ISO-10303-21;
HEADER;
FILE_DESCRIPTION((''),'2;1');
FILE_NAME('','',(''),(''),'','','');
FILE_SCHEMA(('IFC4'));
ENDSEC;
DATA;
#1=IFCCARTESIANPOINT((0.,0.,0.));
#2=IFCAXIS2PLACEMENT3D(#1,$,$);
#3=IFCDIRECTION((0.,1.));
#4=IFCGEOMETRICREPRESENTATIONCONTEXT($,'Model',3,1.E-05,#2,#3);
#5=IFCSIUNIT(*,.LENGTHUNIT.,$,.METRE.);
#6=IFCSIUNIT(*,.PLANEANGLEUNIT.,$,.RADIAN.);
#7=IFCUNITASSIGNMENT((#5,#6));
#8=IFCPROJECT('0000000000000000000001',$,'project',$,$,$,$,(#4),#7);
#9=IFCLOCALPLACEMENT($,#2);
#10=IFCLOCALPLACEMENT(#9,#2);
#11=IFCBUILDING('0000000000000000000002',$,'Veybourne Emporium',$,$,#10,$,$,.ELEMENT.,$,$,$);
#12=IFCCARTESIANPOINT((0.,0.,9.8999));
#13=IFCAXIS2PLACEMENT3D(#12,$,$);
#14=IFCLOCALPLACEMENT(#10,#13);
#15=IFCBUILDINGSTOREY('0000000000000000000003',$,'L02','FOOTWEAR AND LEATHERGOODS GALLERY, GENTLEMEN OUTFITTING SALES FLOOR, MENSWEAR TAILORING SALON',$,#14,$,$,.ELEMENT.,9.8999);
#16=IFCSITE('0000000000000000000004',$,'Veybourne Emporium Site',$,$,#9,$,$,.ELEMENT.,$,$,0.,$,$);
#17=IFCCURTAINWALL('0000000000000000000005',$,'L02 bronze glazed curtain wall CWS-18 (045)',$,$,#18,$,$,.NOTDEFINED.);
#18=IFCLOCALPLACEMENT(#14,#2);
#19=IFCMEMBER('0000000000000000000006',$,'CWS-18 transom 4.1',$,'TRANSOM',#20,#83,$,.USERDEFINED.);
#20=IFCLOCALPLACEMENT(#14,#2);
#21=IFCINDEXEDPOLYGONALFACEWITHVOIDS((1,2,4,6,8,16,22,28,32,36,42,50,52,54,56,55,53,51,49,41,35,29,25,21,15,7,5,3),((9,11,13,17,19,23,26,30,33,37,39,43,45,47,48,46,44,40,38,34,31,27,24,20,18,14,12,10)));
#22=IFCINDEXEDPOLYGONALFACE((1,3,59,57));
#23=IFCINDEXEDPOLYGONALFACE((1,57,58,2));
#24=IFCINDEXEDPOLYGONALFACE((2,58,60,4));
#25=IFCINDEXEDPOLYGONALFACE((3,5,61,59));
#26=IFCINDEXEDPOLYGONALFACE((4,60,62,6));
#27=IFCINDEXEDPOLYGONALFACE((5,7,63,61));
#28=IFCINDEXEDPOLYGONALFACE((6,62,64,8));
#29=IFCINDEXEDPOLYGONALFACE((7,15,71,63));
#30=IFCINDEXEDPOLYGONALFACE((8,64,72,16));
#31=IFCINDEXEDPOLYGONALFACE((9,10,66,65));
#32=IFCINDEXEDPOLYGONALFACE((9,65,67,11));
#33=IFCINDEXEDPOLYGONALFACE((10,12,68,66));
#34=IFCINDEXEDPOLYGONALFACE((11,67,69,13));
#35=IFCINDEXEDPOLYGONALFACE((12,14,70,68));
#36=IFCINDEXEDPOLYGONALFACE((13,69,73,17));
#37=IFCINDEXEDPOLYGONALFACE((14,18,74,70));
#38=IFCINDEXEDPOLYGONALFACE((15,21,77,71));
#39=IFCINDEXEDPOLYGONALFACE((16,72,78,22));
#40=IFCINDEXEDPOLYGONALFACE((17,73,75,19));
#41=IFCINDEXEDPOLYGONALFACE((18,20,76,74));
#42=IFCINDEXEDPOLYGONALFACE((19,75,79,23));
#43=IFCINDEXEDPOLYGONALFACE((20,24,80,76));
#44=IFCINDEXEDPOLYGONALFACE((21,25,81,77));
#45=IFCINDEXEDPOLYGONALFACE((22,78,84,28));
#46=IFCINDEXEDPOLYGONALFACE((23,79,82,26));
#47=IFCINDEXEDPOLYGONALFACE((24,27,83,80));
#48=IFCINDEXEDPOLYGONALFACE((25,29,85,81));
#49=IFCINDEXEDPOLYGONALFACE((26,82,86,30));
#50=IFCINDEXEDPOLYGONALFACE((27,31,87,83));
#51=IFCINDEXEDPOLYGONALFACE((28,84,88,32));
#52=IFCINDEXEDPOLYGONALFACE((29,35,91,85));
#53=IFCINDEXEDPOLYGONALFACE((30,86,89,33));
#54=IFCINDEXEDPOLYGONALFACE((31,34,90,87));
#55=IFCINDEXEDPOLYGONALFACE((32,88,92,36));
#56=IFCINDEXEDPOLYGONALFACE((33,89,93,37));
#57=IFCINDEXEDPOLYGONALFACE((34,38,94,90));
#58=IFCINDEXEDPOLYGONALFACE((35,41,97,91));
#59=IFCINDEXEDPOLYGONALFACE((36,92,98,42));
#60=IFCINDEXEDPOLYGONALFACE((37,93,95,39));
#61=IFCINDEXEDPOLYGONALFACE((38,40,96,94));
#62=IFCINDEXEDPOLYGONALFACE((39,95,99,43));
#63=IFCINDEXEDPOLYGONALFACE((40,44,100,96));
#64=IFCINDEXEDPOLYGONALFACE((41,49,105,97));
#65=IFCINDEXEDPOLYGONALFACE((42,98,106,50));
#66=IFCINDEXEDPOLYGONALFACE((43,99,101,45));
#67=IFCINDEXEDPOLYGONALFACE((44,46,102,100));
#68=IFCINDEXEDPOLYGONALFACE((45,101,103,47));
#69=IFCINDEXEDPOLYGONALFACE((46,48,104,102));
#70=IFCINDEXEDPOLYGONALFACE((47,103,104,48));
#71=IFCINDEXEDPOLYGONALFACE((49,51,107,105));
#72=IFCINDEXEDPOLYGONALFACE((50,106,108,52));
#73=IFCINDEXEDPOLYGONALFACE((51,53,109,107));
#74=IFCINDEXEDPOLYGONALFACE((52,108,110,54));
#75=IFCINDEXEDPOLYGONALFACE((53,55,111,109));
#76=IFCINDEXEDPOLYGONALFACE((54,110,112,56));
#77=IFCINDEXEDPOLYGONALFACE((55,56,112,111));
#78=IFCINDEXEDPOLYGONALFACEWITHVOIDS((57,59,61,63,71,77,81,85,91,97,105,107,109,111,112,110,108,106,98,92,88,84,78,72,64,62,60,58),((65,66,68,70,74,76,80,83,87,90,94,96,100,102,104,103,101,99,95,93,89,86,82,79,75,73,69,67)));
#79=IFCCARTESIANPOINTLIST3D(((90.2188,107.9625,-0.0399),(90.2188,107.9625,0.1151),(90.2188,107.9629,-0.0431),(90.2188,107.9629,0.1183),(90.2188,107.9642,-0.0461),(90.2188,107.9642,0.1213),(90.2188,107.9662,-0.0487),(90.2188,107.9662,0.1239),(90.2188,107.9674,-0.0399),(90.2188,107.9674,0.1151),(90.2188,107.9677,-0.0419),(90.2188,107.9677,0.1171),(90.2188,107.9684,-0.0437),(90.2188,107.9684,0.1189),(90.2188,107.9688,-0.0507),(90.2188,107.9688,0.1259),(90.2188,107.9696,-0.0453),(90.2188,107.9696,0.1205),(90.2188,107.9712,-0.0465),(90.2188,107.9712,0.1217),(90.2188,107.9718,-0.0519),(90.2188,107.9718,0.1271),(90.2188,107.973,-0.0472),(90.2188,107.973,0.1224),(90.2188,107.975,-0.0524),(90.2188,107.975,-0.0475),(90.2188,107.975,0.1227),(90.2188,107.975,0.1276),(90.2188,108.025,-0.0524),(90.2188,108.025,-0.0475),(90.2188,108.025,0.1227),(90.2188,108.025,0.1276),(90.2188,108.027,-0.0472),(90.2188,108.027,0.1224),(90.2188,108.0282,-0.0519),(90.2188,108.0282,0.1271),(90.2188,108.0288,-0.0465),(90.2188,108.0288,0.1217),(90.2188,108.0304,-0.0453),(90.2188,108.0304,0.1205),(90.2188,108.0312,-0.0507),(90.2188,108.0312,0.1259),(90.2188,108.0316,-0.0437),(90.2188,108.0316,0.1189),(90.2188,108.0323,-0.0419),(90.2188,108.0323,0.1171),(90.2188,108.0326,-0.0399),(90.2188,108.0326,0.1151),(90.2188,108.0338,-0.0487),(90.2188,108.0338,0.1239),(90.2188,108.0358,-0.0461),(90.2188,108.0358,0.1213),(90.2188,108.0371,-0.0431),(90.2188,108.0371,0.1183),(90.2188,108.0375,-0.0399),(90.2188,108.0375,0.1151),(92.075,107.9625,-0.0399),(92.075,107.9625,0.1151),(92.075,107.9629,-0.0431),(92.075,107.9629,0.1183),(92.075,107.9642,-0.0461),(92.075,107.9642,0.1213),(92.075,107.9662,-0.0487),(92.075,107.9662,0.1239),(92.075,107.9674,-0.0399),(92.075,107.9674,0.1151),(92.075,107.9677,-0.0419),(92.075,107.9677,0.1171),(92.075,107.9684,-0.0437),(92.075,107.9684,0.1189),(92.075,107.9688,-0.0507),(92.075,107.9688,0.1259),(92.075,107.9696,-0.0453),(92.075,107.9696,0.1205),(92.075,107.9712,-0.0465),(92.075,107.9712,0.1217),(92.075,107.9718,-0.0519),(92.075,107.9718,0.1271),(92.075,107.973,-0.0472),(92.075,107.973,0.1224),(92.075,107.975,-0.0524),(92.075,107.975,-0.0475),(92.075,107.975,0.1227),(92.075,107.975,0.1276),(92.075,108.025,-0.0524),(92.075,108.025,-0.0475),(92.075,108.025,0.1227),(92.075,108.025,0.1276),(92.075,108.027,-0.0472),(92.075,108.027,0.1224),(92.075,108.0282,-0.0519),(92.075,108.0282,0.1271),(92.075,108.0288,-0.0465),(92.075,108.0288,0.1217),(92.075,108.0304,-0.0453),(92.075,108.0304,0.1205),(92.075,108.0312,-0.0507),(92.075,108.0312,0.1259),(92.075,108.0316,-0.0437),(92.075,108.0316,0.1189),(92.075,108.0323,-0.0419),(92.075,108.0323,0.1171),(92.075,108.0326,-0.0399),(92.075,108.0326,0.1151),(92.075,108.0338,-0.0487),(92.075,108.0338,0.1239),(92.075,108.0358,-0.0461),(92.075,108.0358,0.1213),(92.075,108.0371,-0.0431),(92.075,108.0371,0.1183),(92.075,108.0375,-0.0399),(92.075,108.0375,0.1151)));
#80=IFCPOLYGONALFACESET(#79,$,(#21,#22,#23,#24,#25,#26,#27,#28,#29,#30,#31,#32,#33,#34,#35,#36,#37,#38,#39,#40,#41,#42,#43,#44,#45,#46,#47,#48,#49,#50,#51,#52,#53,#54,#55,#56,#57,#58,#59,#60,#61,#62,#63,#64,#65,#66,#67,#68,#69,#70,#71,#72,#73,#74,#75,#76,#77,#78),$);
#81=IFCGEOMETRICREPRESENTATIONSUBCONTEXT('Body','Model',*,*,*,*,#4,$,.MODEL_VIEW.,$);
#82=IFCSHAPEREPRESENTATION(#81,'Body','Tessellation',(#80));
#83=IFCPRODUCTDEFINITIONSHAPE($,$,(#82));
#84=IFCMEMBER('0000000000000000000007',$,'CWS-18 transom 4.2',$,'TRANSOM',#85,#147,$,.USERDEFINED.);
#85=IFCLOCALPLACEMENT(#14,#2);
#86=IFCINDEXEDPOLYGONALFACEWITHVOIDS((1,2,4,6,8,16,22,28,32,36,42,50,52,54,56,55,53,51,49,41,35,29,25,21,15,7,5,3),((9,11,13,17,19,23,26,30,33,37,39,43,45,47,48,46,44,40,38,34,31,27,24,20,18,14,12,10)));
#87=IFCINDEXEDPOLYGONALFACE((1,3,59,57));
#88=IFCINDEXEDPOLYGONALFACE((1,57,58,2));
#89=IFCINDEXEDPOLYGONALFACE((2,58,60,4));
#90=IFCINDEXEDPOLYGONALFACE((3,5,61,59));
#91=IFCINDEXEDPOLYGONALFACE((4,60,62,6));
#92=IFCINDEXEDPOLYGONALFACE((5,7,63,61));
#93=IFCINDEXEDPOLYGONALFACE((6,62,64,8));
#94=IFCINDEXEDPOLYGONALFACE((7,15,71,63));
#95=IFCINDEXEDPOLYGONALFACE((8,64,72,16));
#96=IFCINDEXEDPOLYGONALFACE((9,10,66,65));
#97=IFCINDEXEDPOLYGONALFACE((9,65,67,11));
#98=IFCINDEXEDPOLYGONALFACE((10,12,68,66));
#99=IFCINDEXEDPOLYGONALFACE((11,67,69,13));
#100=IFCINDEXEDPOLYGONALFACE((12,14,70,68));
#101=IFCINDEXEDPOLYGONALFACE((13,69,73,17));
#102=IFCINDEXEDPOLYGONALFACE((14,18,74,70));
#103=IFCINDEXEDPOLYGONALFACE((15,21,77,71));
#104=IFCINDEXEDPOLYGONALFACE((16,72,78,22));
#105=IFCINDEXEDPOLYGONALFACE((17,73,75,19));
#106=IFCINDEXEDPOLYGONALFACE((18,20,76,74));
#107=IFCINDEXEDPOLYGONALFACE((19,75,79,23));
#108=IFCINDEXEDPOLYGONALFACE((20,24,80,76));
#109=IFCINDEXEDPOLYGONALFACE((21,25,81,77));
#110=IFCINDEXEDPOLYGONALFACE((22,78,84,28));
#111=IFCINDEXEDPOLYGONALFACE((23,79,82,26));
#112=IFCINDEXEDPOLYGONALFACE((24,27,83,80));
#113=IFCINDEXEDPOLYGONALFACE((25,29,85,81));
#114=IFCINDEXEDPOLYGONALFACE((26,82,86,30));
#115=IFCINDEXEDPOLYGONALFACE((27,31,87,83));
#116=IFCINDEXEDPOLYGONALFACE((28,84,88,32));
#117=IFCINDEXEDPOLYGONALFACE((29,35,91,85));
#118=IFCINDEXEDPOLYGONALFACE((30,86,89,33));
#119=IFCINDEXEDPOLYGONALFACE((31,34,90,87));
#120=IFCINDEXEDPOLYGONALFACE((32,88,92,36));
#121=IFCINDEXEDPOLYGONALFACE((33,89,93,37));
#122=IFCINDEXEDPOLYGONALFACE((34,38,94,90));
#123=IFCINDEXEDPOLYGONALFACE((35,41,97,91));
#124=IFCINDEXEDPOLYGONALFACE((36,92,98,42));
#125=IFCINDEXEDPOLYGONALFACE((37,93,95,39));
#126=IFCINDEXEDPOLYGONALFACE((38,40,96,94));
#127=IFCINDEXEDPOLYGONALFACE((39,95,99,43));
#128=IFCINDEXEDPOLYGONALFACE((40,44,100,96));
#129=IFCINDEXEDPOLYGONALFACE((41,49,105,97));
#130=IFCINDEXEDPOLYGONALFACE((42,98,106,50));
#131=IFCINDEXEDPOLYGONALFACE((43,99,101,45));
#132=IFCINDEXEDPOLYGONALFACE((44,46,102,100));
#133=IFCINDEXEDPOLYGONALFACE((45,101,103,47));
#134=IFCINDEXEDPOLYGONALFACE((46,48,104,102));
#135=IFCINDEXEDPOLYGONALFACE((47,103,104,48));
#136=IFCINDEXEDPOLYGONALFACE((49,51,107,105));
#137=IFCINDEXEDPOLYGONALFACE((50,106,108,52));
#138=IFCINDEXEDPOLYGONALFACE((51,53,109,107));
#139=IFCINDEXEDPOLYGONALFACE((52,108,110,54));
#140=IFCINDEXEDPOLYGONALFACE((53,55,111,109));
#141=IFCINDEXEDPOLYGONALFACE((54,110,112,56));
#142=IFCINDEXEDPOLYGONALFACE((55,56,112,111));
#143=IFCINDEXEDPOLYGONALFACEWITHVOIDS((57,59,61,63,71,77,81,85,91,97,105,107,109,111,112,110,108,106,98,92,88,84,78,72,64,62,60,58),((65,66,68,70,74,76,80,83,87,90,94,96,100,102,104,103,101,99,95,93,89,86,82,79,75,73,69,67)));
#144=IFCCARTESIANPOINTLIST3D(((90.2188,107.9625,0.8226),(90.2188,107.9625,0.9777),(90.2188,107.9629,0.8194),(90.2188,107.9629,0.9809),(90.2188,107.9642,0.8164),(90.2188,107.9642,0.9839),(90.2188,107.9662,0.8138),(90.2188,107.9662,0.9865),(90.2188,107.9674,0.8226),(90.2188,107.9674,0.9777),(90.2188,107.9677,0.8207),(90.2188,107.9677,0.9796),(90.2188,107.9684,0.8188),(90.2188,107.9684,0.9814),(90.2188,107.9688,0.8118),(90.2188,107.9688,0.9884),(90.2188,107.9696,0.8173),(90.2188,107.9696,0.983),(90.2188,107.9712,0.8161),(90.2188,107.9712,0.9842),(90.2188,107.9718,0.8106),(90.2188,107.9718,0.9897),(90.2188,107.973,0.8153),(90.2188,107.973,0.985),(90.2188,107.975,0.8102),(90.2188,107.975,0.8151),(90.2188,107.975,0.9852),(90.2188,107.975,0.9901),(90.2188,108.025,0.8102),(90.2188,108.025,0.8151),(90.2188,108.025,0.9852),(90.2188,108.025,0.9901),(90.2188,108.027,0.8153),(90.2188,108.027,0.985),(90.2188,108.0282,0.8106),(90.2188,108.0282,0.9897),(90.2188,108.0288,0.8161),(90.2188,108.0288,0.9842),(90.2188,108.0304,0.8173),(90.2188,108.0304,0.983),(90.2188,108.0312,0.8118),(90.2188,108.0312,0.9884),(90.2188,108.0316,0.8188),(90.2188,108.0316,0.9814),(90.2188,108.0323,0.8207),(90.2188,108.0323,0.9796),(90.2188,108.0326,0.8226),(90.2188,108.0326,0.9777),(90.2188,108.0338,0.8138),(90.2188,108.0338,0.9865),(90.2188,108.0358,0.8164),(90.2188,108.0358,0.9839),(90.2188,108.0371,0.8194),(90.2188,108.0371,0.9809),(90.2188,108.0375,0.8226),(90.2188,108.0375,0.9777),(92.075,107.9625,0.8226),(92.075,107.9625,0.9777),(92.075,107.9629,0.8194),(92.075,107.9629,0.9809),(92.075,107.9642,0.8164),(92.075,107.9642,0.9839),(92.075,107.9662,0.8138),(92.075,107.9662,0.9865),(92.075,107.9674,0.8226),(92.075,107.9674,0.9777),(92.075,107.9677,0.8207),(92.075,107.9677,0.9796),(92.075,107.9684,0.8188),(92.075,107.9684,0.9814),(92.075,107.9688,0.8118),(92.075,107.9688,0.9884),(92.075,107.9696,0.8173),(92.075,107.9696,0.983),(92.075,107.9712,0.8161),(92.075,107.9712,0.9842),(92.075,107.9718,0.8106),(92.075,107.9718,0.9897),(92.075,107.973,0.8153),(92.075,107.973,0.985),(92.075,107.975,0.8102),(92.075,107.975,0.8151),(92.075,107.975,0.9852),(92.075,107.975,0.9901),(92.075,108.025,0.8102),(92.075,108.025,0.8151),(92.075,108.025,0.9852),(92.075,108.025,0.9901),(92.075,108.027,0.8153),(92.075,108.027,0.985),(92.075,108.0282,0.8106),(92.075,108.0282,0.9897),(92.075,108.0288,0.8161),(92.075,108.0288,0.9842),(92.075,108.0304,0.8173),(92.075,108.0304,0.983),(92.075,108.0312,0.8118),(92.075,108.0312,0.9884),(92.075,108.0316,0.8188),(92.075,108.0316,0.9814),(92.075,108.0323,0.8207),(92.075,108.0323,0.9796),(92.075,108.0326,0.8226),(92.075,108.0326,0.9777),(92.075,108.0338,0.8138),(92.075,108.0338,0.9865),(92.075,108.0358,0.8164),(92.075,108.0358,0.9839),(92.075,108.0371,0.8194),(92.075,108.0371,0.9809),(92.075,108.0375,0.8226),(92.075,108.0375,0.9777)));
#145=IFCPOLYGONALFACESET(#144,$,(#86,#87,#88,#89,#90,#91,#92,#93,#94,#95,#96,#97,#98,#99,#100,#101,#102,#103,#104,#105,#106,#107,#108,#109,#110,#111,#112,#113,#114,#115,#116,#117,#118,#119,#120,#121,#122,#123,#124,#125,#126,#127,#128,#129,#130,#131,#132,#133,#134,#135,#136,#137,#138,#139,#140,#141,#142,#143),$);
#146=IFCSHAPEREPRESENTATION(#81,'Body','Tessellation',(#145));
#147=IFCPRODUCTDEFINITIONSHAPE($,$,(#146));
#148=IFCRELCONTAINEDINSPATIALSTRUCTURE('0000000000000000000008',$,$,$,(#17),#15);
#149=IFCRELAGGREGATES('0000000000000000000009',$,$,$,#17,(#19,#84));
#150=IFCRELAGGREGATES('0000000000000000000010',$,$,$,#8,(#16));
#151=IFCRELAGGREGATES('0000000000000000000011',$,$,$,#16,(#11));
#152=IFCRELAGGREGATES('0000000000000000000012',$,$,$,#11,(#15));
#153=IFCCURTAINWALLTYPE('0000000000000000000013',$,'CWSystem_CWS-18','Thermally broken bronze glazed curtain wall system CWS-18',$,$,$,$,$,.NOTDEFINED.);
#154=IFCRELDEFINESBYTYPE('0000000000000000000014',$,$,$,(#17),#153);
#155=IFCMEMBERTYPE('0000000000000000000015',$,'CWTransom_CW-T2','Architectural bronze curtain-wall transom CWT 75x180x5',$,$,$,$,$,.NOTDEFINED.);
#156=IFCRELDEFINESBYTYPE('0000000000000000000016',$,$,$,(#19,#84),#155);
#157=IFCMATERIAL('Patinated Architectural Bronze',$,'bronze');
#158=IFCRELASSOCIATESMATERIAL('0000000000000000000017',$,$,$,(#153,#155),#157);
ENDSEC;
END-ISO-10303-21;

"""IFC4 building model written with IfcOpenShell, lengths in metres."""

from ifc_helpers import new_model, si_unit, direction, frame, origin, origin_2d, place, context, subcontext, project, spatial, hollow_rectangle, extrude, material, material_profile, profile_set, type_object, element, aggregate, save


model = new_model("IFC4")

# Units and contexts
model_context = context("Model", 3, precision=1e-05, world=origin(), true_north=direction((0.0, 1.0)))
body_context = subcontext(model_context, "Body", "Model", "MODEL_VIEW")
ifc_project = project(units=[si_unit("LENGTHUNIT", "METRE"), si_unit("PLANEANGLEUNIT", "RADIAN")], contexts=[model_context])

# Site, building, storey
site_placement = place(None, origin())
site = spatial("IfcSite", under=ifc_project, at=site_placement, Name="Veybourne Emporium Site", CompositionType="ELEMENT", RefElevation=0.0)
building_placement = place(site_placement, origin())
building = spatial("IfcBuilding", under=site, at=building_placement, Name="Veybourne Emporium", CompositionType="ELEMENT")
storey_placement = place(building_placement, frame((0.0, 0.0, 9.8999)))
storey = spatial("IfcBuildingStorey", under=building, at=storey_placement, Name="L02", Description="FOOTWEAR AND LEATHERGOODS GALLERY, GENTLEMEN OUTFITTING SALES FLOOR, MENSWEAR TAILORING SALON", CompositionType="ELEMENT", Elevation=9.8999)

# Curtain wall, members
ifc_material_1 = material(Name="Patinated Architectural Bronze", Category="bronze")
curtain_wall_type = type_object("IfcCurtainWallType", Name="CWSystem_CWS-18", Description="Thermally broken bronze glazed curtain wall system CWS-18", PredefinedType="NOTDEFINED", material=ifc_material_1)
curtain_wall_placement = place(storey_placement, origin())
curtain_wall = element("IfcCurtainWall", 1, at=curtain_wall_placement, inside=storey, type_object=curtain_wall_type, Name="L02 bronze glazed curtain wall CWS-18 (045)", PredefinedType="NOTDEFINED")
ifc_material_profile_1 = material_profile(ifc_material_1, hollow_rectangle(XDim=0.075, YDim=0.1799, WallThickness=0.0049, InnerFilletRadius=0.0076, OuterFilletRadius=0.0125, at=origin_2d()), Name="CWT 75x180x5")
ifc_profile_set_1 = profile_set([ifc_material_profile_1], Name="Patinated Architectural Bronze")
member_type_1 = type_object("IfcMemberType", Name="CWTransom_CW-T2", Description="Architectural bronze curtain-wall transom CWT 75x180x5", PredefinedType="NOTDEFINED", material=ifc_profile_set_1)
member_1_placement = place(storey_placement, frame((90.2188, 108.0, 0.0376), z_axis=(1.0, 0.0, 0.0), x_axis=(0.0, 1.0, 0.0)))
member_1 = element("IfcMember", 2, at=member_1_placement, type_object=member_type_1, Name="CWS-18 transom 4.1", ObjectType="TRANSOM", PredefinedType="USERDEFINED", context=body_context, shape_type="SweptSolid", body=[
    extrude(hollow_rectangle(XDim=0.075, YDim=0.1799, WallThickness=0.0049, InnerFilletRadius=0.0076, OuterFilletRadius=0.0125, at=origin_2d()), origin(), (0.0, 0.0, 1.0), 1.8562),
])
member_2_placement = place(storey_placement, frame((90.2188, 108.0, 0.9001), z_axis=(1.0, 0.0, 0.0), x_axis=(0.0, 1.0, 0.0)))
member_2 = element("IfcMember", 3, at=member_2_placement, type_object=member_type_1, Name="CWS-18 transom 4.2", ObjectType="TRANSOM", PredefinedType="USERDEFINED", context=body_context, shape_type="SweptSolid", body=[
    extrude(hollow_rectangle(XDim=0.075, YDim=0.1799, WallThickness=0.0049, InnerFilletRadius=0.0076, OuterFilletRadius=0.0125, at=origin_2d()), origin(), (0.0, 0.0, 1.0), 1.8562),
])

aggregate(curtain_wall, [member_1, member_2])

save(model, "model.ifc")
